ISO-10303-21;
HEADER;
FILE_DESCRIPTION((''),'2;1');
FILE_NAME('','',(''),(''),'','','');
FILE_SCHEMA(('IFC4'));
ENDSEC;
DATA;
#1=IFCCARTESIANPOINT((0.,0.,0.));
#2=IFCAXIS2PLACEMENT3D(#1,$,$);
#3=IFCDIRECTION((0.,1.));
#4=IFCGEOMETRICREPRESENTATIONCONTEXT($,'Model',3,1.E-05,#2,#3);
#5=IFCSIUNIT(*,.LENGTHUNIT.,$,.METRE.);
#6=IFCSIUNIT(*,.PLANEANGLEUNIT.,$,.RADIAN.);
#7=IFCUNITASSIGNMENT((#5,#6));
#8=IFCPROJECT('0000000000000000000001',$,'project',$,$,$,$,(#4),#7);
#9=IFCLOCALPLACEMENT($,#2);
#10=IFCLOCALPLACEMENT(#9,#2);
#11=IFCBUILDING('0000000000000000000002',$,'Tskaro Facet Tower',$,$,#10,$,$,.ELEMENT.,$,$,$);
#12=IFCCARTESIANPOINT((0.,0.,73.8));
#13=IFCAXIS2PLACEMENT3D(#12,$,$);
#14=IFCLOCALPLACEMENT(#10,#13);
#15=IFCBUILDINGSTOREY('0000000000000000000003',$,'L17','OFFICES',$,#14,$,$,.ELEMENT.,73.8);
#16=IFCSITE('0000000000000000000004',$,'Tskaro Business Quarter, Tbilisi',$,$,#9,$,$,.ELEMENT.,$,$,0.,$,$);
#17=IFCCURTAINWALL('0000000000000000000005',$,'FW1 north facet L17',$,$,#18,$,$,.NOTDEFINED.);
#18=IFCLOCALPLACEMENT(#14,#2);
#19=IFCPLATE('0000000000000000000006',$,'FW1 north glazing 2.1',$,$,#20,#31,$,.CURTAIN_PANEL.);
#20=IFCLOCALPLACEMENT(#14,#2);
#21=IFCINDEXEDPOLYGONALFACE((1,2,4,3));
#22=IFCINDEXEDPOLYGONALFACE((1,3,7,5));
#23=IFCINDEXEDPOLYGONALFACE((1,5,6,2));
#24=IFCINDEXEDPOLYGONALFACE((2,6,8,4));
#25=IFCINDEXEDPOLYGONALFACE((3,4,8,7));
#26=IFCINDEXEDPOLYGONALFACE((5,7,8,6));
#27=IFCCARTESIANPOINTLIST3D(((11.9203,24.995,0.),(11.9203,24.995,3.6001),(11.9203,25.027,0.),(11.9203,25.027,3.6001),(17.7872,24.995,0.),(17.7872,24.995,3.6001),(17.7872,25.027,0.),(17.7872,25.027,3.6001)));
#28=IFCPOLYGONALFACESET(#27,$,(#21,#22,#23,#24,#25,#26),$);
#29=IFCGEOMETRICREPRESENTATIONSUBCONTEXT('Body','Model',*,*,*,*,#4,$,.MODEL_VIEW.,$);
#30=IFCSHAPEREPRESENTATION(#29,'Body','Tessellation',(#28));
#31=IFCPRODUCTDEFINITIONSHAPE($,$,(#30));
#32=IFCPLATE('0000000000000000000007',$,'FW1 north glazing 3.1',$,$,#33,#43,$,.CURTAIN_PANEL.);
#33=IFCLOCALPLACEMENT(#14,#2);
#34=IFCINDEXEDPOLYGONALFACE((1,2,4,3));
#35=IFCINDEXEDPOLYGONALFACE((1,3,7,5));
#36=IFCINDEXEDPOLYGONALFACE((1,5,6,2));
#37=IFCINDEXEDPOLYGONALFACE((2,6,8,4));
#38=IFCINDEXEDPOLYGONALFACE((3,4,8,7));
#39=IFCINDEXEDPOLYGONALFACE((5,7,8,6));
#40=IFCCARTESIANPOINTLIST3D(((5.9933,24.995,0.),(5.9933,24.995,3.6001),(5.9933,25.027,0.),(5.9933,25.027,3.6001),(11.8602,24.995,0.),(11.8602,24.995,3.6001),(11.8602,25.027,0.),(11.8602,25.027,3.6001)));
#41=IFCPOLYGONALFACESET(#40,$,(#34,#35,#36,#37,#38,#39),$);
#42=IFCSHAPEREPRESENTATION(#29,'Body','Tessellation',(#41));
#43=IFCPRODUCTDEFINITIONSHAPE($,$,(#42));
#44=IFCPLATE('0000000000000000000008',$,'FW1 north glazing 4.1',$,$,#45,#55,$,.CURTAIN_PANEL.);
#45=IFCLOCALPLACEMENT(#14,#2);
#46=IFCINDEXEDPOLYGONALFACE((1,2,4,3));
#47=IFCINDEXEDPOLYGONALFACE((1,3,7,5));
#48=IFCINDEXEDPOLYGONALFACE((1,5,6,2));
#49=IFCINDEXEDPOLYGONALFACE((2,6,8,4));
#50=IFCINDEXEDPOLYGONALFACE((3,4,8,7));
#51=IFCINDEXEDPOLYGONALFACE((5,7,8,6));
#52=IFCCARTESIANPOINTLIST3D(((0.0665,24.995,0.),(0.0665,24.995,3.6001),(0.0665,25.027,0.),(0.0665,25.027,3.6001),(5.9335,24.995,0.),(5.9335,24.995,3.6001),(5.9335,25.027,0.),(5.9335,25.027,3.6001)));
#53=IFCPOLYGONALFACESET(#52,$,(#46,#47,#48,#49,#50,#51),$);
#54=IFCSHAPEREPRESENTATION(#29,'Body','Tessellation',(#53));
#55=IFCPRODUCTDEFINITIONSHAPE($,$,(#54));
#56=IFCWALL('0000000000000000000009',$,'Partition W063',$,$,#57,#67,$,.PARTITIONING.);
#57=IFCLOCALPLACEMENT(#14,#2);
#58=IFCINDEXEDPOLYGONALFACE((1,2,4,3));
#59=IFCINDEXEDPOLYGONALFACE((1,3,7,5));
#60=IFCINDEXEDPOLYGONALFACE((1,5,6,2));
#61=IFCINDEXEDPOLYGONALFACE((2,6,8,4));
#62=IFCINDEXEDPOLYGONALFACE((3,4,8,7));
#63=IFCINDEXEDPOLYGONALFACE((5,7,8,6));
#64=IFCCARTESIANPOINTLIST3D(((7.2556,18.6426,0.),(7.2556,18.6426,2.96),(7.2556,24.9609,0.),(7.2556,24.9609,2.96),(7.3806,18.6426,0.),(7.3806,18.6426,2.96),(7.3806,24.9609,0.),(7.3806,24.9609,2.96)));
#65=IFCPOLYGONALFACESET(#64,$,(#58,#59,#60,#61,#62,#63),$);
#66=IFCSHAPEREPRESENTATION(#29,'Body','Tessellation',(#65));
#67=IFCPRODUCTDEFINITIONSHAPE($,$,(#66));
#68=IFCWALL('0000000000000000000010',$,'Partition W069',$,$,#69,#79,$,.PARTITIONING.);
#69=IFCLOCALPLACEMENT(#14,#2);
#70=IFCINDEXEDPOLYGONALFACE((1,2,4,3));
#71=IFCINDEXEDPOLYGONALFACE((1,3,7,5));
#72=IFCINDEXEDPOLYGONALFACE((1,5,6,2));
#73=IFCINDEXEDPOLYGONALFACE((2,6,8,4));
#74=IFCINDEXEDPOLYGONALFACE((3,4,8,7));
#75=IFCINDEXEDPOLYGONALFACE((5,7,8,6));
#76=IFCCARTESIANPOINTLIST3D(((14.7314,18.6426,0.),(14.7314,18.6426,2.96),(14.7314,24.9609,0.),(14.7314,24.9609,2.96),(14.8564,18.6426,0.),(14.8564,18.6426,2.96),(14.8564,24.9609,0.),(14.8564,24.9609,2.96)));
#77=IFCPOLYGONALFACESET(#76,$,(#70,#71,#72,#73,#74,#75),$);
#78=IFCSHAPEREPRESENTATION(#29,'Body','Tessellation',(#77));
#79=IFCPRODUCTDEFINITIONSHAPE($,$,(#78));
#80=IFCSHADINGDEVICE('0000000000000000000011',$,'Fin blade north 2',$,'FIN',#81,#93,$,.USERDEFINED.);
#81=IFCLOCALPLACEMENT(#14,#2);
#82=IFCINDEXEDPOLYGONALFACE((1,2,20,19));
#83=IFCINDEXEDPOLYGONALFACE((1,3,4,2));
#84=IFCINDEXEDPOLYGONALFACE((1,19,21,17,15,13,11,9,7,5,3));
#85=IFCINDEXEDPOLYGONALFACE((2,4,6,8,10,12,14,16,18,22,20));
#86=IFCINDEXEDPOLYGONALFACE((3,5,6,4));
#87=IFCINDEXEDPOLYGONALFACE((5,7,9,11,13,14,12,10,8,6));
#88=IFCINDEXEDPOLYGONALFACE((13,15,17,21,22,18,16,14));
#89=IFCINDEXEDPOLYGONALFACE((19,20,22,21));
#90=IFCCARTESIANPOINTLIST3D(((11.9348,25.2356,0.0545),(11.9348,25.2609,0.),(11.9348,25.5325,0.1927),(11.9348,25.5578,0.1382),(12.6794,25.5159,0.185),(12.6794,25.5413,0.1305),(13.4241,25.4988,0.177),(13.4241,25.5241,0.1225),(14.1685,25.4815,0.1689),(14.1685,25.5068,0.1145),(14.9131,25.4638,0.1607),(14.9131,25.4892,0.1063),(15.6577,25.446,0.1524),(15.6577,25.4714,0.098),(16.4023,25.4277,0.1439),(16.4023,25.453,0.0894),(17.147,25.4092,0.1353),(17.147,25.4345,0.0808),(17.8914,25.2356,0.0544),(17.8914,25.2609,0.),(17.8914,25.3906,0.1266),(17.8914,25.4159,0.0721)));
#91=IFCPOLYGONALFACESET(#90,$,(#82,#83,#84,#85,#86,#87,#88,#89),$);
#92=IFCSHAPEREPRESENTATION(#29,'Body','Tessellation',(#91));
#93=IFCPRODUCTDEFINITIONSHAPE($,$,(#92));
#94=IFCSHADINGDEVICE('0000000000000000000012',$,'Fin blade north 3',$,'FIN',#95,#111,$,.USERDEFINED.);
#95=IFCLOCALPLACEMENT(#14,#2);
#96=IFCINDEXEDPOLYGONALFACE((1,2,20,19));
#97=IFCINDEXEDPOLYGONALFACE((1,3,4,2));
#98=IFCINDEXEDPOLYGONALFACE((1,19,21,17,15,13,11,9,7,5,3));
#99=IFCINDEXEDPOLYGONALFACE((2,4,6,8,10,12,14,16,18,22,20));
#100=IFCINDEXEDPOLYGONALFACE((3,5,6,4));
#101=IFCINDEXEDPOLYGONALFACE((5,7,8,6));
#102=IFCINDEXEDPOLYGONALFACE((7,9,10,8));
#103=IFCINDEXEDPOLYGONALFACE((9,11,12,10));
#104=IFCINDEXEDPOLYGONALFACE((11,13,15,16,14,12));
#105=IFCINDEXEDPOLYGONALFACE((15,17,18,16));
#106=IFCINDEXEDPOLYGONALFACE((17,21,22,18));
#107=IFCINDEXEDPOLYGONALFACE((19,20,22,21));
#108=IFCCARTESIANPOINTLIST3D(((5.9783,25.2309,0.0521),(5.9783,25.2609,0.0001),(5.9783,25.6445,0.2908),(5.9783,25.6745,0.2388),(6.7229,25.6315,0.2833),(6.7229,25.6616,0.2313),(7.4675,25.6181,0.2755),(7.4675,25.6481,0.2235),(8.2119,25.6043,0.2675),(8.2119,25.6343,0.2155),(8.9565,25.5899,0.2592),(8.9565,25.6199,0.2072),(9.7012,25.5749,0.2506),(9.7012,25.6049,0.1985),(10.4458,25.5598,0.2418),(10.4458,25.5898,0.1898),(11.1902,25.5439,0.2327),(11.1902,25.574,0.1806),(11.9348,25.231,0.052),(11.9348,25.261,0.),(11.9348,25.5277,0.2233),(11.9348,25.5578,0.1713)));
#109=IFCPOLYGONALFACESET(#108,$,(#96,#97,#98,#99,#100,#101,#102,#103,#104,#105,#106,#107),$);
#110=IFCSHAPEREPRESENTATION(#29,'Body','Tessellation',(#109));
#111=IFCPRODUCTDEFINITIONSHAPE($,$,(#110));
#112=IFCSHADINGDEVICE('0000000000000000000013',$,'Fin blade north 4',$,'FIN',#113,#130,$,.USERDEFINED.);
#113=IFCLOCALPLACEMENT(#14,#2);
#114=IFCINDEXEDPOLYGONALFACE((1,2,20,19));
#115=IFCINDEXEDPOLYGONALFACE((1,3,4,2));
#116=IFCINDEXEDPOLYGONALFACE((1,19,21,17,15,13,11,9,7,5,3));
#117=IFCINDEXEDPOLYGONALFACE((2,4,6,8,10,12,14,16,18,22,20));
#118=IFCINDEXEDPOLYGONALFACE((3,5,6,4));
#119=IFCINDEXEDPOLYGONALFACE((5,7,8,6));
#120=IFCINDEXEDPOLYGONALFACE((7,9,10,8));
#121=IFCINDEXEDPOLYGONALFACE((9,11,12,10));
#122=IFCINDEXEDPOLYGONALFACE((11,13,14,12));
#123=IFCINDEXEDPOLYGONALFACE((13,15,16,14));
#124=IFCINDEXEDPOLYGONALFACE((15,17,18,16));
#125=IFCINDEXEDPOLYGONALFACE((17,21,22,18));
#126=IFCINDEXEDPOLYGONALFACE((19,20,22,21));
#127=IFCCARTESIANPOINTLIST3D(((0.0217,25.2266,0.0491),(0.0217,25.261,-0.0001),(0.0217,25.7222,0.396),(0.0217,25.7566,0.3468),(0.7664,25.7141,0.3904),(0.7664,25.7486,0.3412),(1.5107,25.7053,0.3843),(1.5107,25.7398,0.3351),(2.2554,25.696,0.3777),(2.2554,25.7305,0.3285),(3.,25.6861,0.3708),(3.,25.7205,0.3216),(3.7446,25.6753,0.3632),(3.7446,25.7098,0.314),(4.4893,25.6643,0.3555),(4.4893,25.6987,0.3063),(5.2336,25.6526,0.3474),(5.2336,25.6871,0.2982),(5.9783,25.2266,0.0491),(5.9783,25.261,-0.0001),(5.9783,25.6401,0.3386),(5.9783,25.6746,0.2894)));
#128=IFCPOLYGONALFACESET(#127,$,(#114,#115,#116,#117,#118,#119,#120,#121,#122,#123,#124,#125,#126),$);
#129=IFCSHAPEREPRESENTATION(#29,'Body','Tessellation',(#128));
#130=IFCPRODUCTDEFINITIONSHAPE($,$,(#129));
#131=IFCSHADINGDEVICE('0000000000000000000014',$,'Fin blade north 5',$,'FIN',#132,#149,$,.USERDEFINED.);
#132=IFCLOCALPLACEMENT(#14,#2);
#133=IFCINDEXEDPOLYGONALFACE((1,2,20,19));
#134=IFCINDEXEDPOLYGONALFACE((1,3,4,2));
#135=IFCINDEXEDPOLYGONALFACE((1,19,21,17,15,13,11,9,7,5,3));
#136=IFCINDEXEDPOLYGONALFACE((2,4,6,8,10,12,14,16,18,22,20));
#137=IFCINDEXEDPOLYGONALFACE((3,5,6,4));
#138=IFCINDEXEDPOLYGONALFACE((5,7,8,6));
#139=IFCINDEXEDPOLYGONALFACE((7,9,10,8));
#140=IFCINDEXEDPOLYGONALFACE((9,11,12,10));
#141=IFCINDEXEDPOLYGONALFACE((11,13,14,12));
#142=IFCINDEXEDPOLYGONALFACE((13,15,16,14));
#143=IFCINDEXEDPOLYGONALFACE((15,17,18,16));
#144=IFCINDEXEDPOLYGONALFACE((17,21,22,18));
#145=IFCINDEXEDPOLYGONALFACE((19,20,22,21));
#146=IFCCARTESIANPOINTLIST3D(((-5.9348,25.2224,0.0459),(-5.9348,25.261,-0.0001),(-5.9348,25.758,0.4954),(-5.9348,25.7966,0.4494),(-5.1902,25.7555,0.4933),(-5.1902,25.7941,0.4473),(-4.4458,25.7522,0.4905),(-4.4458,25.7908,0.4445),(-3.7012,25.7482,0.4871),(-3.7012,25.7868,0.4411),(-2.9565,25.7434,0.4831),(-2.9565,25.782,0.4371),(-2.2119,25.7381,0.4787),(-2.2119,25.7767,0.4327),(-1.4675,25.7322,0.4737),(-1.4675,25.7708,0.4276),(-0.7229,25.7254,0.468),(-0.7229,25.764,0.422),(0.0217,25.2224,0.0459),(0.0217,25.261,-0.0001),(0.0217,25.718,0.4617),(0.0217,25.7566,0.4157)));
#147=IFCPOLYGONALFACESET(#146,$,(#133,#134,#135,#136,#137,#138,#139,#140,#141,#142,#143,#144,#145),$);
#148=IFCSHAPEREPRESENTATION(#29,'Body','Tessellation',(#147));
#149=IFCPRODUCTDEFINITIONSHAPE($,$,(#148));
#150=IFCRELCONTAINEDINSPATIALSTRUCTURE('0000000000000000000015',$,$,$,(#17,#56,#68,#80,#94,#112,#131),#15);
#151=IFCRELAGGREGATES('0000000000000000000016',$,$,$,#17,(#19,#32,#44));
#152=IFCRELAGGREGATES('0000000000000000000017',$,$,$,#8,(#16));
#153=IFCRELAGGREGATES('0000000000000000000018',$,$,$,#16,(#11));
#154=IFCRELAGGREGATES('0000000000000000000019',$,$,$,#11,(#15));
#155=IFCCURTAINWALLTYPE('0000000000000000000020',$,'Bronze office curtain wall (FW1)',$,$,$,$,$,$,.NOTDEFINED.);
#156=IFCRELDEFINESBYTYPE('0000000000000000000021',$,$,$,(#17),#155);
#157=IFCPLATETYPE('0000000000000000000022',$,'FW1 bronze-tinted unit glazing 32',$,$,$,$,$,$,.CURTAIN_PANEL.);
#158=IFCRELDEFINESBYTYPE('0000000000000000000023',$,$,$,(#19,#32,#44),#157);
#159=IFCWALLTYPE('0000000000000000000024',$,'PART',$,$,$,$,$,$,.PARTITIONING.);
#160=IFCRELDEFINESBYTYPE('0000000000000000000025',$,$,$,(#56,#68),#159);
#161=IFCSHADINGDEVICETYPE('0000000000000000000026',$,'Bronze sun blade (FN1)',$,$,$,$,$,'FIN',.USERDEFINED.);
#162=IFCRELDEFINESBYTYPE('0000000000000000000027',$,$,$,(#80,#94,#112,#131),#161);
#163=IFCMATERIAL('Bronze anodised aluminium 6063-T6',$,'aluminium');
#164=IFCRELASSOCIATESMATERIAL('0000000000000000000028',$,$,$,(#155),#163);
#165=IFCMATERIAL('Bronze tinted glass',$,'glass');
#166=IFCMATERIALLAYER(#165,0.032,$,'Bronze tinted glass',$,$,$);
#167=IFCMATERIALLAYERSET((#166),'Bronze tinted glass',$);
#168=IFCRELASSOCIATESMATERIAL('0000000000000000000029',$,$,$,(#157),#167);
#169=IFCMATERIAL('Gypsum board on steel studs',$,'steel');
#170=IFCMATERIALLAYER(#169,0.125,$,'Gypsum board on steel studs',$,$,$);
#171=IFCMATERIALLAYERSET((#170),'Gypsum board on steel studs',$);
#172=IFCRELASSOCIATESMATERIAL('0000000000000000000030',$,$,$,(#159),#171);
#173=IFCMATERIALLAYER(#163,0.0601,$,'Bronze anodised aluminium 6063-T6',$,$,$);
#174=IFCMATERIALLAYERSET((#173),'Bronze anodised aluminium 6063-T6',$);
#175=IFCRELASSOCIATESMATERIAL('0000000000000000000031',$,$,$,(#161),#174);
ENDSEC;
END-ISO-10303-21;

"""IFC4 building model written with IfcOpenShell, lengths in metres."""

from ifc_helpers import new_model, si_unit, direction, frame, frame_2d, origin, origin_2d, place, context, subcontext, project, spatial, polyline, rectangle, outline, extrude, material, layer, layer_set, type_object, element, aggregate, save


model = new_model("IFC4")

# Units and contexts
model_context = context("Model", 3, precision=1e-05, world=origin(), true_north=direction((0.0, 1.0)))
body_context = subcontext(model_context, "Body", "Model", "MODEL_VIEW")
ifc_project = project(units=[si_unit("LENGTHUNIT", "METRE"), si_unit("PLANEANGLEUNIT", "RADIAN")], contexts=[model_context])

# Site, building, storey
site_placement = place(None, origin())
site = spatial("IfcSite", under=ifc_project, at=site_placement, Name="Tskaro Business Quarter, Tbilisi", CompositionType="ELEMENT", RefElevation=0.0)
building_placement = place(site_placement, origin())
building = spatial("IfcBuilding", under=site, at=building_placement, Name="Tskaro Facet Tower", CompositionType="ELEMENT")
storey_placement = place(building_placement, frame((0.0, 0.0, 73.8)))
storey = spatial("IfcBuildingStorey", under=building, at=storey_placement, Name="L17", Description="OFFICES", CompositionType="ELEMENT", Elevation=73.8)

# Curtain wall
ifc_material_1 = material(Name="Bronze anodised aluminium 6063-T6", Category="aluminium")
curtain_wall_type = type_object("IfcCurtainWallType", Name="Bronze office curtain wall (FW1)", PredefinedType="NOTDEFINED", material=ifc_material_1)
curtain_wall_placement = place(storey_placement, origin())
curtain_wall = element("IfcCurtainWall", 1, at=curtain_wall_placement, inside=storey, type_object=curtain_wall_type, Name="FW1 north facet L17", PredefinedType="NOTDEFINED")

# Plates
ifc_material_2 = material(Name="Bronze tinted glass", Category="glass")
ifc_layer_1 = layer(ifc_material_2, 0.032, Name="Bronze tinted glass")
ifc_layer_set_1 = layer_set([ifc_layer_1], Name="Bronze tinted glass")
plate_type = type_object("IfcPlateType", Name="FW1 bronze-tinted unit glazing 32", PredefinedType="CURTAIN_PANEL", material=ifc_layer_set_1)
plate_1_placement = place(storey_placement, frame((14.8538, 25.011, 0.0), z_axis=(0.0, 0.0, 1.0), x_axis=(-1.0, 0.0, 0.0)))
plate_1 = element("IfcPlate", 2, at=plate_1_placement, type_object=plate_type, Name="FW1 north glazing 2.1", PredefinedType="CURTAIN_PANEL", context=body_context, shape_type="SweptSolid", body=[
    extrude(rectangle(XDim=5.8669, YDim=0.032, at=origin_2d()), origin(), (0.0, 0.0, 1.0), 3.6001),
])
plate_2_placement = place(storey_placement, frame((8.9268, 25.011, 0.0), z_axis=(0.0, 0.0, 1.0), x_axis=(-1.0, 0.0, 0.0)))
plate_2 = element("IfcPlate", 3, at=plate_2_placement, type_object=plate_type, Name="FW1 north glazing 3.1", PredefinedType="CURTAIN_PANEL", context=body_context, shape_type="SweptSolid", body=[
    extrude(rectangle(XDim=5.8669, YDim=0.032, at=origin_2d()), origin(), (0.0, 0.0, 1.0), 3.6001),
])
plate_3_placement = place(storey_placement, frame((3.0, 25.011, 0.0), z_axis=(0.0, 0.0, 1.0), x_axis=(-1.0, 0.0, 0.0)))
plate_3 = element("IfcPlate", 4, at=plate_3_placement, type_object=plate_type, Name="FW1 north glazing 4.1", PredefinedType="CURTAIN_PANEL", context=body_context, shape_type="SweptSolid", body=[
    extrude(rectangle(XDim=5.8669, YDim=0.032, at=origin_2d()), origin(), (0.0, 0.0, 1.0), 3.6001),
])
aggregate(curtain_wall, [plate_1, plate_2, plate_3])

# Walls
ifc_material_3 = material(Name="Gypsum board on steel studs", Category="steel")
ifc_layer_2 = layer(ifc_material_3, 0.125, Name="Gypsum board on steel studs")
ifc_layer_set_2 = layer_set([ifc_layer_2], Name="Gypsum board on steel studs")
wall_type = type_object("IfcWallType", Name="PART", PredefinedType="PARTITIONING", material=ifc_layer_set_2)
for number, where, z_axis, x_axis, name in (
    (5, (7.3181, 18.6426, 0.0), (0.0, 0.0, 1.0), (0.0, 1.0, 0.0), "Partition W063"),
    (6, (14.7939, 18.6426, 0.0), (0.0, 0.0, 1.0), (0.0, 1.0, 0.0), "Partition W069"),
):
    element("IfcWall", number, at=place(storey_placement, frame(where, z_axis=z_axis, x_axis=x_axis)), inside=storey, type_object=wall_type, Name=name, PredefinedType="PARTITIONING", context=body_context, shape_type="SweptSolid", body=[
        extrude(rectangle(XDim=6.3184, YDim=0.125, at=frame_2d((3.1592, 0.0))), origin(), (0.0, 0.0, 1.0), 2.96),
    ])

# Shading devices
ifc_layer_3 = layer(ifc_material_1, 0.0601, Name="Bronze anodised aluminium 6063-T6")
ifc_layer_set_3 = layer_set([ifc_layer_3], Name="Bronze anodised aluminium 6063-T6")
shading_device_type = type_object("IfcShadingDeviceType", Name="Bronze sun blade (FN1)", ElementType="FIN", PredefinedType="USERDEFINED", material=ifc_layer_set_3)
shading_device_1_placement = place(storey_placement, frame((17.8914, 25.2356, 0.0544), z_axis=(0.000007, -0.422006, 0.906593), x_axis=(-1.0, -0.000003, 0.000006)))
element("IfcShadingDevice", 7, at=shading_device_1_placement, inside=storey, type_object=shading_device_type, Name="Fin blade north 2", ObjectType="FIN", PredefinedType="USERDEFINED", context=body_context, shape_type="SweptSolid", body=[
    extrude(outline(polyline([(0.0, 0.0), (5.9565, 0.0), (5.9565, -0.3275), (5.2119, -0.3092), (4.4673, -0.2903), (3.7229, -0.2712), (2.9783, -0.2518), (2.2336, -0.2321), (1.489, -0.2119), (0.7444, -0.1915), (0.0, -0.1709), (0.0, 0.0)])), origin(), (0.0, 0.0, -1.0), 0.0601),
])
shading_device_2_placement = place(storey_placement, frame((11.9348, 25.231, 0.052), z_axis=(0.000019, -0.499863, 0.866104), x_axis=(-1.0, -0.000009, 0.000016)))
element("IfcShadingDevice", 8, at=shading_device_2_placement, inside=storey, type_object=shading_device_type, Name="Fin blade north 3", ObjectType="FIN", PredefinedType="USERDEFINED", context=body_context, shape_type="SweptSolid", body=[
    extrude(outline(polyline([(0.0, 0.0), (5.9565, 0.0), (5.9565, -0.4776), (5.2119, -0.4626), (4.4673, -0.447), (3.7229, -0.4311), (2.9783, -0.4144), (2.2336, -0.3972), (1.489, -0.3796), (0.7446, -0.3614), (0.0, -0.3427), (0.0, 0.0)])), origin(), (0.0, 0.0, -1.0), 0.0601),
])
shading_device_3_placement = place(storey_placement, frame((5.9783, 25.2266, 0.0491), z_axis=(-0.000004, -0.573528, 0.819186), x_axis=(-1.0, 0.000003, -0.000004)))
element("IfcShadingDevice", 9, at=shading_device_3_placement, inside=storey, type_object=shading_device_type, Name="Fin blade north 4", ObjectType="FIN", PredefinedType="USERDEFINED", context=body_context, shape_type="SweptSolid", body=[
    extrude(outline(polyline([(0.0, 0.0), (5.9565, 0.0), (5.9565, -0.605), (5.2119, -0.5951), (4.4675, -0.5844), (3.7229, -0.5731), (2.9783, -0.5609), (2.2336, -0.5478), (1.489, -0.5343), (0.7446, -0.5201), (0.0, -0.5049), (0.0, 0.0)])), origin(), (0.0, 0.0, -1.0), 0.0601),
])
shading_device_4_placement = place(storey_placement, frame((0.0217, 25.2224, 0.0459), z_axis=(0.000006, -0.642802, 0.766032), x_axis=(-1.0, -0.000004, 0.000004)))
element("IfcShadingDevice", 10, at=shading_device_4_placement, inside=storey, type_object=shading_device_type, Name="Fin blade north 5", ObjectType="FIN", PredefinedType="USERDEFINED", context=body_context, shape_type="SweptSolid", body=[
    extrude(outline(polyline([(0.0, 0.0), (5.9565, 0.0), (5.9565, -0.6992), (5.2119, -0.696), (4.4675, -0.6916), (3.7229, -0.6864), (2.9783, -0.6802), (2.2336, -0.6732), (1.4893, -0.6654), (0.7446, -0.6566), (0.0, -0.6469), (0.0, 0.0)])), origin(), (0.0, 0.0, -1.0), 0.0601),
])

save(model, "model.ifc")
